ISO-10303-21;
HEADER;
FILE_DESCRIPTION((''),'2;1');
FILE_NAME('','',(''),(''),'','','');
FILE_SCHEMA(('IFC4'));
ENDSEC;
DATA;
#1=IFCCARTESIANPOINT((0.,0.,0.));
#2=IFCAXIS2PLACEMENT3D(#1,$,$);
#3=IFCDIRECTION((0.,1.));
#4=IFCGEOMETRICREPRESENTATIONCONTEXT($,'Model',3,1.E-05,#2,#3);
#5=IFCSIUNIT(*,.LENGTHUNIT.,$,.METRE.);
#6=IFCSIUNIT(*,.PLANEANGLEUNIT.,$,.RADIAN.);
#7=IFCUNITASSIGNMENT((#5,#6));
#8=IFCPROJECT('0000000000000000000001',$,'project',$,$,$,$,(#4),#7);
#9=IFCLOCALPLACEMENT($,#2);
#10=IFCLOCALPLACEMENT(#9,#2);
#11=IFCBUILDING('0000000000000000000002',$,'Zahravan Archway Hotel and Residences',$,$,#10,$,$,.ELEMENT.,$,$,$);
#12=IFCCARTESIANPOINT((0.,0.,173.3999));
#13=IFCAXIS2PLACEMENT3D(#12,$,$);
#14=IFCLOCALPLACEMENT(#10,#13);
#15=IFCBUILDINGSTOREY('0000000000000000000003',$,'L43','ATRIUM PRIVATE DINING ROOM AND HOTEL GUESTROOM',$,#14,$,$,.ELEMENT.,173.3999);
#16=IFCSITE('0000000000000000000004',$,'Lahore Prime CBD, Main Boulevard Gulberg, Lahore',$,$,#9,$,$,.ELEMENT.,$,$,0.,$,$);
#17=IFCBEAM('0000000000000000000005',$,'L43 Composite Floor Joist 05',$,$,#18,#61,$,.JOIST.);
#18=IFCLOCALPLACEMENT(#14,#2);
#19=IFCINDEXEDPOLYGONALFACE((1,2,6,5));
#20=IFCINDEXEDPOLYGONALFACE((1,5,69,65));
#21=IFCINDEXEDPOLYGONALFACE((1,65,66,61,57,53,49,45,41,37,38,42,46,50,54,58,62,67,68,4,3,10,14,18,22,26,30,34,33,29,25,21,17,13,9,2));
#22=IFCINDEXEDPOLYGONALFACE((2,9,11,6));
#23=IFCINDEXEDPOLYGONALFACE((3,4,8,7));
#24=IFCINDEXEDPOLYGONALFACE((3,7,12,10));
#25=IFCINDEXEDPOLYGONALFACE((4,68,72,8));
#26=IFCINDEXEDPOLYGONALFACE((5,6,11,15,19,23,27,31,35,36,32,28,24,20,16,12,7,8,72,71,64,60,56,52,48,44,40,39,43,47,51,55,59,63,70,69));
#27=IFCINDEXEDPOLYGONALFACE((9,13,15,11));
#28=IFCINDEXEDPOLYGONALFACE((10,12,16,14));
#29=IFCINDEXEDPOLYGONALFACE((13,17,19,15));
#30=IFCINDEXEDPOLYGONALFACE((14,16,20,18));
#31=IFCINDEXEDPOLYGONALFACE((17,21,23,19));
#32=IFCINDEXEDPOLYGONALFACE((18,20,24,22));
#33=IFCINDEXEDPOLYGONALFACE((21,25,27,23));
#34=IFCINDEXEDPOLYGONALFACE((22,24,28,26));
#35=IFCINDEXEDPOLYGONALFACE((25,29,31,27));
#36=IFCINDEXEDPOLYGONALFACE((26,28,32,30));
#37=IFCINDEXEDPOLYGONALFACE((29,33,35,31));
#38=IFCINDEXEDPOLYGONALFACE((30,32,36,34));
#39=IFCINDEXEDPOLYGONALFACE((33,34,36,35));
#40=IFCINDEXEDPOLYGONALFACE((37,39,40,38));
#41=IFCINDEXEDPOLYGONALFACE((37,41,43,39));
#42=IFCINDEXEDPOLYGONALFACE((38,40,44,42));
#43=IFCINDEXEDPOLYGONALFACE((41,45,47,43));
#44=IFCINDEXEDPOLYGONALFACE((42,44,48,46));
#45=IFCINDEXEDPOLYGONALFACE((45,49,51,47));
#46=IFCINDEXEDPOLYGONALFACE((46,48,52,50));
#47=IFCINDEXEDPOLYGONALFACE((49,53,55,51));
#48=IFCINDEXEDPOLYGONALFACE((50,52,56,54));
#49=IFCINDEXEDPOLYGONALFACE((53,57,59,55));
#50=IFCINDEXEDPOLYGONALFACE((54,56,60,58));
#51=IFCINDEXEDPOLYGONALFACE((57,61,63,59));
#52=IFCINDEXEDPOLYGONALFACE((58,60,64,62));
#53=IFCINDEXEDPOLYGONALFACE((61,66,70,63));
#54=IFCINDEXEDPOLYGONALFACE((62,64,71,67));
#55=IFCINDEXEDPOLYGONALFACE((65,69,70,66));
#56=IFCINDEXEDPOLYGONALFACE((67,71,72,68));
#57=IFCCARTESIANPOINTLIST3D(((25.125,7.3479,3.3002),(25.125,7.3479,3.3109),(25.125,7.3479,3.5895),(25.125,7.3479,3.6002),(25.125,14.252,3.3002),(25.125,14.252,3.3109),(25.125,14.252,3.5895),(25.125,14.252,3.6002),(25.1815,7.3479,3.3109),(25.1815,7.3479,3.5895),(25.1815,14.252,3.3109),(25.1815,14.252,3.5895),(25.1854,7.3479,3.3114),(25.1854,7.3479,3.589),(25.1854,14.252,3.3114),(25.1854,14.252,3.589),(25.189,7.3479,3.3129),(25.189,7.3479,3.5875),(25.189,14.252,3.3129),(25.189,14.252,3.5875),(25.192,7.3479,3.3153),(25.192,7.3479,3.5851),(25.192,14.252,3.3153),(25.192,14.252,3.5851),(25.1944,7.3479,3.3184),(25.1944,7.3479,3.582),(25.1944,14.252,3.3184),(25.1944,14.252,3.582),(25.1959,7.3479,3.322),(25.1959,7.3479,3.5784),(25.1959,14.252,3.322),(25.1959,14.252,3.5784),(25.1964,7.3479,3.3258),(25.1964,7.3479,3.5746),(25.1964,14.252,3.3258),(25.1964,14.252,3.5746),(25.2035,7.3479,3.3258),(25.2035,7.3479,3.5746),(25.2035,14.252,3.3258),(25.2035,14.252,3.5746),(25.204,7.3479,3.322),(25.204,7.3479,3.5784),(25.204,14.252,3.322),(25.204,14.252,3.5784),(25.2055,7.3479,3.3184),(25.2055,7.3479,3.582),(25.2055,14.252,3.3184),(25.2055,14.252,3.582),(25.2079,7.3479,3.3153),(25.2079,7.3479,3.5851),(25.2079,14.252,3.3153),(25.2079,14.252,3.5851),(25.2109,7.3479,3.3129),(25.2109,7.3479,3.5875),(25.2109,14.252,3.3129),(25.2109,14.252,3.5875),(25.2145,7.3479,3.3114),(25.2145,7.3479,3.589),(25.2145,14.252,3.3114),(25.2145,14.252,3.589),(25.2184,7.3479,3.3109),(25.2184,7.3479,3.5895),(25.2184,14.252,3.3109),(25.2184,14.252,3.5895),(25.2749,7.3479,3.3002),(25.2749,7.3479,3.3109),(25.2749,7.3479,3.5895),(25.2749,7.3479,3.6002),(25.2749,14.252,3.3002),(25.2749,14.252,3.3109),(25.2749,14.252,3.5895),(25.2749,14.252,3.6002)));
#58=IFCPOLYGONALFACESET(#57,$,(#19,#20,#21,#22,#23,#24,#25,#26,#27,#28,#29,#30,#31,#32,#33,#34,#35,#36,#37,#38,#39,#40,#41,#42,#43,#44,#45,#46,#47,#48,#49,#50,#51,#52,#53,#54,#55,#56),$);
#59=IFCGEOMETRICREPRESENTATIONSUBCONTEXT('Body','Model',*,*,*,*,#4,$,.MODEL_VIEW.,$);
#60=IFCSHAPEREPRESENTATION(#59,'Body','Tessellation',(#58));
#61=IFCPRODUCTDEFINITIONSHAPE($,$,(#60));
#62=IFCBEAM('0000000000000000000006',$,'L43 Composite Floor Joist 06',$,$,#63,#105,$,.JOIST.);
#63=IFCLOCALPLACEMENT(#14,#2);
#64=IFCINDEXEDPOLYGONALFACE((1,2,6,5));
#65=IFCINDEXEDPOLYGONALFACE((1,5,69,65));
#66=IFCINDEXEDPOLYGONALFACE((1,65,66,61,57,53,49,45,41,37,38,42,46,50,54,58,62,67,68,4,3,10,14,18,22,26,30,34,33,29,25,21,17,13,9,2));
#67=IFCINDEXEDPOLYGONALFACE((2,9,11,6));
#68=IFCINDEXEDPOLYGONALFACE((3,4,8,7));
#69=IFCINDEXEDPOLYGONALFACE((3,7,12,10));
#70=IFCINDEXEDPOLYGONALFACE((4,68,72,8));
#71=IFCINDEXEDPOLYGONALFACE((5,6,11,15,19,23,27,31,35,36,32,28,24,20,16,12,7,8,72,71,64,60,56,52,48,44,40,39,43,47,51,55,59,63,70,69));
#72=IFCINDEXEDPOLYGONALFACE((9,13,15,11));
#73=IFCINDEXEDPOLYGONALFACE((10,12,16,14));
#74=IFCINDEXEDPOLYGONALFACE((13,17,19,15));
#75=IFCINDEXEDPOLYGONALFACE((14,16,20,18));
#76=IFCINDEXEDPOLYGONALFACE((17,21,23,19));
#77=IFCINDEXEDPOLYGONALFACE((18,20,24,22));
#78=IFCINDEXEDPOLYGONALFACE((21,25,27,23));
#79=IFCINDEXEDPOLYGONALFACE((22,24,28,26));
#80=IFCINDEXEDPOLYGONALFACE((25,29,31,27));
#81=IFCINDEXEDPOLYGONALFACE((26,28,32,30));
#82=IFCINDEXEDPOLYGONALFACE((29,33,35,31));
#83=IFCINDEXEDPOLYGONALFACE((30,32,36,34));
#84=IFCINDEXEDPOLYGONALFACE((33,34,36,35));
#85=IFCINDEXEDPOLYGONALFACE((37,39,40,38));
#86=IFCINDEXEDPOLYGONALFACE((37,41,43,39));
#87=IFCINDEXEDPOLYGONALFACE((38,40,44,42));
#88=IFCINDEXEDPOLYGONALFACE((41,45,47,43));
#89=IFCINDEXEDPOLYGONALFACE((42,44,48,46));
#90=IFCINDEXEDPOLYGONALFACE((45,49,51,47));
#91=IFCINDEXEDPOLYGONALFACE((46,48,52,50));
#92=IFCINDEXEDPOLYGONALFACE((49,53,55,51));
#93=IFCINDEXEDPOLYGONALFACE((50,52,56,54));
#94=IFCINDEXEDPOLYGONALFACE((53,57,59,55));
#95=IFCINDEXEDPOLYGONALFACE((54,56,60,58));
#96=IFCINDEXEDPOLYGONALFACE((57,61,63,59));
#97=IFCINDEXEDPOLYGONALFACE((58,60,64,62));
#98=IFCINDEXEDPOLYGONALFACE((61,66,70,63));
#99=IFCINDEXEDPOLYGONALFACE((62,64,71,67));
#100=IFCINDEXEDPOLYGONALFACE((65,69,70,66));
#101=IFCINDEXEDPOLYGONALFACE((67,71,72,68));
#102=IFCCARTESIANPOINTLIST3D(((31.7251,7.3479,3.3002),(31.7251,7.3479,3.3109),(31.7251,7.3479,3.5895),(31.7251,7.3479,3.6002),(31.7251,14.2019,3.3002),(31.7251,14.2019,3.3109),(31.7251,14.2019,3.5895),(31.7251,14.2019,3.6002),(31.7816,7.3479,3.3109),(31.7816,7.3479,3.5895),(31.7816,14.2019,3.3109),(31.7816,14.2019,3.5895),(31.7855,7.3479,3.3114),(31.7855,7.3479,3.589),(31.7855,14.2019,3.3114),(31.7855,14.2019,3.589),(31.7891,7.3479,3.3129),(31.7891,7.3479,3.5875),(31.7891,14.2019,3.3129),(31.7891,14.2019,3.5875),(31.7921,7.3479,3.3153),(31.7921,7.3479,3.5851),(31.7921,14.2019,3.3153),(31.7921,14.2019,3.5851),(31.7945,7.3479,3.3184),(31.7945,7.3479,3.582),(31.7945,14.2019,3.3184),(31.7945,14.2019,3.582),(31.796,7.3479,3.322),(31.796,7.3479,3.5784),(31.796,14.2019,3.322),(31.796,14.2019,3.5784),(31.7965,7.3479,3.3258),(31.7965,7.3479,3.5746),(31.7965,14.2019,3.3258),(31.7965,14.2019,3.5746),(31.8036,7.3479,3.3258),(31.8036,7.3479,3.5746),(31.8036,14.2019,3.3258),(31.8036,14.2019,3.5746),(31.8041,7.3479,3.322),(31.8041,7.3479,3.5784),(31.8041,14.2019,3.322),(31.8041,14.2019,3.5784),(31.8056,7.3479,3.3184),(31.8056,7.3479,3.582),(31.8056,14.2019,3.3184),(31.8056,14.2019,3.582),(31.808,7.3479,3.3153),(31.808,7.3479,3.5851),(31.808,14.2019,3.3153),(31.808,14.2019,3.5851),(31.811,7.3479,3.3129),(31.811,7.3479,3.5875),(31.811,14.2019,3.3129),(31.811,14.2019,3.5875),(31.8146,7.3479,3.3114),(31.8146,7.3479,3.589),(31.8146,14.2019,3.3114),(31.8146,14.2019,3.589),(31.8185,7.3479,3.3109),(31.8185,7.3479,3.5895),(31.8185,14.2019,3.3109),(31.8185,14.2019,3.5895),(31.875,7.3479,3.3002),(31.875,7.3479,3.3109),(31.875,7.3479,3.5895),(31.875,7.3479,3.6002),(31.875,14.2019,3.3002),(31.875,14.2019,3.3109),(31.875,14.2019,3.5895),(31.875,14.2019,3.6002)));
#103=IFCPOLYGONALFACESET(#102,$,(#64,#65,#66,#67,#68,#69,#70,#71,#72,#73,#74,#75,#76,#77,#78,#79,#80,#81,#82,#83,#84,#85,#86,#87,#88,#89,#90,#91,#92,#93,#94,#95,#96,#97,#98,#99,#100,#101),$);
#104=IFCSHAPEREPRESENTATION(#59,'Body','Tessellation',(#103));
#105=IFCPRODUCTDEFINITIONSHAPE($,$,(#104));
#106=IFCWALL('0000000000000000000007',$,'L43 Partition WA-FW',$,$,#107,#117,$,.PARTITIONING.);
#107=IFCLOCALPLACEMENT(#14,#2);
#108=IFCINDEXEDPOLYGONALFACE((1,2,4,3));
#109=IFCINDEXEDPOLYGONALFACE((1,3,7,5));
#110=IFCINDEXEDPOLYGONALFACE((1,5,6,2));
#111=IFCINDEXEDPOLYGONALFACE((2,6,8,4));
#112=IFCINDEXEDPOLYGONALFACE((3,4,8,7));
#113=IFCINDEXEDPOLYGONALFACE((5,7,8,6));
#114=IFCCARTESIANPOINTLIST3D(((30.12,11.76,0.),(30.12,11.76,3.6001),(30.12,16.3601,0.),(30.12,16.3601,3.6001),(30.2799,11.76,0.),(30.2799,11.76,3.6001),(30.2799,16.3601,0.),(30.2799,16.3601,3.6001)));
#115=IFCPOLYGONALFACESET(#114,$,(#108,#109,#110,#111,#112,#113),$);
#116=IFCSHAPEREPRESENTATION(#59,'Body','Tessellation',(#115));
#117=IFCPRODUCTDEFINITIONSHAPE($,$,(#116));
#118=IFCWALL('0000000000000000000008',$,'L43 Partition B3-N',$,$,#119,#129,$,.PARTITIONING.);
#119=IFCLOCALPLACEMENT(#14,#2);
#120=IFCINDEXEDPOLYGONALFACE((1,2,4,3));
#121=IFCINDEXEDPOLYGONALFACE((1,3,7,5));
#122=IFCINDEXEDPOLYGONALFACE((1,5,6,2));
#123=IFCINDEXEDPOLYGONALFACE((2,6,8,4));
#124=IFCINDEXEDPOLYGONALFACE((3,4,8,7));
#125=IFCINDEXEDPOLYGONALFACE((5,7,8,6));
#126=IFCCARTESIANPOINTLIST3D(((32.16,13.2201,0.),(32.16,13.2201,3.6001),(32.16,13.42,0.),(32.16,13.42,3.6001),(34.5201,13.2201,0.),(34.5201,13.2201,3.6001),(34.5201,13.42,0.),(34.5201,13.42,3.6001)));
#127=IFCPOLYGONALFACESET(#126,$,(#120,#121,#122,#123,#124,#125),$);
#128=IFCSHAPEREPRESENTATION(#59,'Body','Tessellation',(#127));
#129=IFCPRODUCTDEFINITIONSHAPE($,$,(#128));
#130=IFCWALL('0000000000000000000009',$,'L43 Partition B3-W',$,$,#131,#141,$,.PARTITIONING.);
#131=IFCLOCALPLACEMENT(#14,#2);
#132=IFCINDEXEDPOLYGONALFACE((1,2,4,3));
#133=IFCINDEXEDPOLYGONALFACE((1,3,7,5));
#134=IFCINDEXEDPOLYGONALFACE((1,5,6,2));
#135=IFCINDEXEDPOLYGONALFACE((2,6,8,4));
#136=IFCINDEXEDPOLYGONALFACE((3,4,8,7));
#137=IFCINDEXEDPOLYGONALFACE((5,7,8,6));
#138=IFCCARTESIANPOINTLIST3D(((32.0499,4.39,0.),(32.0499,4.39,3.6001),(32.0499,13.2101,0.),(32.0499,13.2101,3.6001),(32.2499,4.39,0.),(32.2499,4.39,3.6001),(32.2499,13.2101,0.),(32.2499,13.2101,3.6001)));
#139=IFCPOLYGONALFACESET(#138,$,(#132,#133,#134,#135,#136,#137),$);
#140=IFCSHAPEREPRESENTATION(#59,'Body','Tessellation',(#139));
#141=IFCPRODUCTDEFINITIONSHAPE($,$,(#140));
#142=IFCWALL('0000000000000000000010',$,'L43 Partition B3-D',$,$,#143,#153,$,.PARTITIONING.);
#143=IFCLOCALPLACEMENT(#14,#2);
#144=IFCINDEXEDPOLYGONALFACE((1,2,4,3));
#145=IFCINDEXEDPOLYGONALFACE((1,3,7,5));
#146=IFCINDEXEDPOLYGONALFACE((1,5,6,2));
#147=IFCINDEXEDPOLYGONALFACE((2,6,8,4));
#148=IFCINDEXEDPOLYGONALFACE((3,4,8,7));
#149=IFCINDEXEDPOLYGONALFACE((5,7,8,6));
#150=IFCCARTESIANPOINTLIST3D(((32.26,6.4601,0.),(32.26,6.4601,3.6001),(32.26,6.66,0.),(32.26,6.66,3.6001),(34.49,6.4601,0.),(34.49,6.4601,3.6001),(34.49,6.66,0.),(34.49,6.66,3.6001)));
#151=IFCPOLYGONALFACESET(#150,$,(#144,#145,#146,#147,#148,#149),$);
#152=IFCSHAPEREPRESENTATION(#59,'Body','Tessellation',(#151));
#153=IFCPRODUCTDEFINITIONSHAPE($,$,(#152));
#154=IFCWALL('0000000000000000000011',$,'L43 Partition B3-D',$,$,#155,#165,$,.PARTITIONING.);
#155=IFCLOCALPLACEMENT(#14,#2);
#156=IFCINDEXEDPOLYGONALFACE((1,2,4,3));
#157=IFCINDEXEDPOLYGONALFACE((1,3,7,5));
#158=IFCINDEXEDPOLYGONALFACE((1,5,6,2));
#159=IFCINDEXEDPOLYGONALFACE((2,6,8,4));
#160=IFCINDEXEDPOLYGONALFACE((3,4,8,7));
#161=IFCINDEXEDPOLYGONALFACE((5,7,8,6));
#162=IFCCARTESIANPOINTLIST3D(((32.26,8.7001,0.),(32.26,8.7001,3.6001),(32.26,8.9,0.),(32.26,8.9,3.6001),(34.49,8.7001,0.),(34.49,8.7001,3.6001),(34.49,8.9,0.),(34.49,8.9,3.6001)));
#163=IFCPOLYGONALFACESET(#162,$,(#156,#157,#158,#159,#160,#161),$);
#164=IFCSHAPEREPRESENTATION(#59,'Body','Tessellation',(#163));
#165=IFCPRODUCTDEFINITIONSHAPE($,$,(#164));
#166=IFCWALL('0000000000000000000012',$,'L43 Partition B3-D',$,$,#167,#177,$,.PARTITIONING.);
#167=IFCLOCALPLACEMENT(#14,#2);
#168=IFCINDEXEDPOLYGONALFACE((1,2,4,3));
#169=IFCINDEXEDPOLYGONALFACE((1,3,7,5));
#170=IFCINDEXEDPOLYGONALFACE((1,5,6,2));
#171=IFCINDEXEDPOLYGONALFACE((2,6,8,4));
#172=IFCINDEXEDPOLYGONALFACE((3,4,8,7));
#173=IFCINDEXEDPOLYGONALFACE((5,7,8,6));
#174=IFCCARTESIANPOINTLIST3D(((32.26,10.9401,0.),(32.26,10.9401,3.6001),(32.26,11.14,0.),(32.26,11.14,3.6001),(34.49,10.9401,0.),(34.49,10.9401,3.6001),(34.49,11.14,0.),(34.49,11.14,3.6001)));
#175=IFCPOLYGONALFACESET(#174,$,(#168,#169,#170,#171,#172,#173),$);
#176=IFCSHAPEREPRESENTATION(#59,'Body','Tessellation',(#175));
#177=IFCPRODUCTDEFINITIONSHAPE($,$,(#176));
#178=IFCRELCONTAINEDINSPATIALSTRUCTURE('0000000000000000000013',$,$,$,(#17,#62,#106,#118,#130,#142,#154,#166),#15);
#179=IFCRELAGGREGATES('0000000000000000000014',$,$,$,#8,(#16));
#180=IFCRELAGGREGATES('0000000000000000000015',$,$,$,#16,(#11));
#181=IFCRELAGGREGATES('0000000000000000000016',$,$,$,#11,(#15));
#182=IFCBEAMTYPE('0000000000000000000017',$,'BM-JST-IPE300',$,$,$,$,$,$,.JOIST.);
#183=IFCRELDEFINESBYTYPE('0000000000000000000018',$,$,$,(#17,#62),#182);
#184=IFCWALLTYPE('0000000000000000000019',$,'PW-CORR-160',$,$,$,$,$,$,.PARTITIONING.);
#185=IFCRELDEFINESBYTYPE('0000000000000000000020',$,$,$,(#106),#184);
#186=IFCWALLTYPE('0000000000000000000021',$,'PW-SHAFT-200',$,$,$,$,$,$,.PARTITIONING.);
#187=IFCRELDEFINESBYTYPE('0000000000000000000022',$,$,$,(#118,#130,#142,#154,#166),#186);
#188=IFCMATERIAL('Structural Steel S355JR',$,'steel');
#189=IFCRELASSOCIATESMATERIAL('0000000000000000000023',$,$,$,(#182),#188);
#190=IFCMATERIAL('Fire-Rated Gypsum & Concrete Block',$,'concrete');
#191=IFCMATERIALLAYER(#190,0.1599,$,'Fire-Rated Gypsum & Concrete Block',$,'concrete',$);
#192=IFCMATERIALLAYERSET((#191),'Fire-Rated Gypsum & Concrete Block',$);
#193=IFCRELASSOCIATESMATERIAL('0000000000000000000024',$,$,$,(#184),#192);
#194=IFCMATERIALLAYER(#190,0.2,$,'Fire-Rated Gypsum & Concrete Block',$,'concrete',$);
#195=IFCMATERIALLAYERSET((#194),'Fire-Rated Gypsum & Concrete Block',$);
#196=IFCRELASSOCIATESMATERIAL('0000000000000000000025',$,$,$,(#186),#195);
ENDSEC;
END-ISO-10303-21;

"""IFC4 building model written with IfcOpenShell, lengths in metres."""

from ifc_helpers import new_model, si_unit, direction, frame, frame_2d, origin, origin_2d, place, context, subcontext, project, spatial, rectangle, i_section, extrude, source, transform, mapped, material, layer, layer_set, material_profile, profile_set, type_object, type_shapes, element, save


model = new_model("IFC4")

# Units and contexts
model_context = context("Model", 3, precision=1e-05, world=origin(), true_north=direction((0.0, 1.0)))
body_context = subcontext(model_context, "Body", "Model", "MODEL_VIEW")
ifc_project = project(units=[si_unit("LENGTHUNIT", "METRE"), si_unit("PLANEANGLEUNIT", "RADIAN")], contexts=[model_context])

# Site, building, storey
site_placement = place(None, origin())
site = spatial("IfcSite", under=ifc_project, at=site_placement, Name="Lahore Prime CBD, Main Boulevard Gulberg, Lahore", CompositionType="ELEMENT", RefElevation=0.0)
building_placement = place(site_placement, origin())
building = spatial("IfcBuilding", under=site, at=building_placement, Name="Zahravan Archway Hotel and Residences", CompositionType="ELEMENT")
storey_placement = place(building_placement, frame((0.0, 0.0, 173.3999)))
storey = spatial("IfcBuildingStorey", under=building, at=storey_placement, Name="L43", Description="ATRIUM PRIVATE DINING ROOM AND HOTEL GUESTROOM", CompositionType="ELEMENT", Elevation=173.3999)

# Beams
ifc_material_1 = material(Name="Structural Steel S355JR", Category="steel")
ifc_material_profile_1 = material_profile(ifc_material_1, i_section(OverallWidth=0.1499, OverallDepth=0.3, WebThickness=0.0071, FlangeThickness=0.0107, FilletRadius=0.0149, at=origin_2d()), Name="IPE 300", Category="steel")
ifc_profile_set_1 = profile_set([ifc_material_profile_1], Name="Structural Steel S355JR")
beam_type_1 = type_object("IfcBeamType", Name="BM-JST-IPE300", PredefinedType="JOIST", material=ifc_profile_set_1)
shared_shape_1 = source(origin(), body_context, "Body", "SweptSolid", [
    extrude(i_section(OverallWidth=0.1499, OverallDepth=0.3, WebThickness=0.0071, FlangeThickness=0.0107, FilletRadius=0.0149, at=origin_2d()), origin(), (0.0, 0.0, 1.0), 6.9041),
])
type_shapes(beam_type_1, [shared_shape_1])
beam_1_placement = place(storey_placement, frame((25.2, 7.3479, 3.4502), z_axis=(0.0, 1.0, 0.0), x_axis=(-1.0, 0.0, 0.0)))
element("IfcBeam", 1, at=beam_1_placement, inside=storey, type_object=beam_type_1, Name="L43 Composite Floor Joist 05", PredefinedType="JOIST", context=body_context, shape_type="MappedRepresentation", body=[
    mapped(shared_shape_1, transform((0.0, 0.0, 0.0), scale=1.0)),
])
shared_shape_2 = source(origin(), body_context, "Body", "SweptSolid", [
    extrude(i_section(OverallWidth=0.1499, OverallDepth=0.3, WebThickness=0.0071, FlangeThickness=0.0107, FilletRadius=0.0149, at=origin_2d()), origin(), (0.0, 0.0, 1.0), 6.854),
])
beam_2_placement = place(storey_placement, frame((31.8, 7.3479, 3.4502), z_axis=(0.0, 1.0, 0.0), x_axis=(-1.0, 0.0, 0.0)))
element("IfcBeam", 2, at=beam_2_placement, inside=storey, type_object=beam_type_1, Name="L43 Composite Floor Joist 06", PredefinedType="JOIST", context=body_context, shape_type="MappedRepresentation", body=[
    mapped(shared_shape_2, transform((0.0, 0.0, 0.0), scale=1.0)),
])

# Walls
ifc_material_2 = material(Name="Fire-Rated Gypsum & Concrete Block", Category="concrete")
ifc_layer_1 = layer(ifc_material_2, 0.1599, Name="Fire-Rated Gypsum & Concrete Block", Category="concrete")
ifc_layer_set_1 = layer_set([ifc_layer_1], Name="Fire-Rated Gypsum & Concrete Block")
wall_type_1 = type_object("IfcWallType", Name="PW-CORR-160", PredefinedType="PARTITIONING", material=ifc_layer_set_1)
wall_1_placement = place(storey_placement, frame((30.2, 11.76, 0.0), z_axis=(0.0, 0.0, 1.0), x_axis=(0.0, 1.0, 0.0)))
element("IfcWall", 3, at=wall_1_placement, inside=storey, type_object=wall_type_1, Name="L43 Partition WA-FW", PredefinedType="PARTITIONING", context=body_context, shape_type="SweptSolid", body=[
    extrude(rectangle(XDim=4.6001, YDim=0.1599, at=frame_2d((2.3, 0.0))), origin(), (0.0, 0.0, 1.0), 3.6001),
])
ifc_layer_2 = layer(ifc_material_2, 0.2, Name="Fire-Rated Gypsum & Concrete Block", Category="concrete")
ifc_layer_set_2 = layer_set([ifc_layer_2], Name="Fire-Rated Gypsum & Concrete Block")
wall_type_2 = type_object("IfcWallType", Name="PW-SHAFT-200", PredefinedType="PARTITIONING", material=ifc_layer_set_2)
wall_2_placement = place(storey_placement, frame((32.1599, 13.3201, 0.0), z_axis=(0.0, 0.0, 1.0), x_axis=(1.0, 0.0, 0.0)))
element("IfcWall", 4, at=wall_2_placement, inside=storey, type_object=wall_type_2, Name="L43 Partition B3-N", PredefinedType="PARTITIONING", context=body_context, shape_type="SweptSolid", body=[
    extrude(rectangle(XDim=2.3601, YDim=0.2, at=frame_2d((1.1802, 0.0))), origin(), (0.0, 0.0, 1.0), 3.6001),
])
wall_3_placement = place(storey_placement, frame((32.1499, 4.3899, 0.0), z_axis=(0.0, 0.0, 1.0), x_axis=(0.0, 1.0, 0.0)))
element("IfcWall", 5, at=wall_3_placement, inside=storey, type_object=wall_type_2, Name="L43 Partition B3-W", PredefinedType="PARTITIONING", context=body_context, shape_type="SweptSolid", body=[
    extrude(rectangle(XDim=8.8201, YDim=0.2, at=frame_2d((4.4102, 0.0))), origin(), (0.0, 0.0, 1.0), 3.6001),
])
for number, where, z_axis, x_axis, name in (
    (6, (32.26, 6.5601, 0.0), (0.0, 0.0, 1.0), (1.0, 0.0, 0.0), "L43 Partition B3-D"),
    (7, (32.26, 8.8, 0.0), (0.0, 0.0, 1.0), (1.0, 0.0, 0.0), "L43 Partition B3-D"),
    (8, (32.26, 11.04, 0.0), (0.0, 0.0, 1.0), (1.0, 0.0, 0.0), "L43 Partition B3-D"),
):
    element("IfcWall", number, at=place(storey_placement, frame(where, z_axis=z_axis, x_axis=x_axis)), inside=storey, type_object=wall_type_2, Name=name, PredefinedType="PARTITIONING", context=body_context, shape_type="SweptSolid", body=[
        extrude(rectangle(XDim=2.23, YDim=0.2, at=frame_2d((1.115, 0.0))), origin(), (0.0, 0.0, 1.0), 3.6001),
    ])

save(model, "model.ifc")
